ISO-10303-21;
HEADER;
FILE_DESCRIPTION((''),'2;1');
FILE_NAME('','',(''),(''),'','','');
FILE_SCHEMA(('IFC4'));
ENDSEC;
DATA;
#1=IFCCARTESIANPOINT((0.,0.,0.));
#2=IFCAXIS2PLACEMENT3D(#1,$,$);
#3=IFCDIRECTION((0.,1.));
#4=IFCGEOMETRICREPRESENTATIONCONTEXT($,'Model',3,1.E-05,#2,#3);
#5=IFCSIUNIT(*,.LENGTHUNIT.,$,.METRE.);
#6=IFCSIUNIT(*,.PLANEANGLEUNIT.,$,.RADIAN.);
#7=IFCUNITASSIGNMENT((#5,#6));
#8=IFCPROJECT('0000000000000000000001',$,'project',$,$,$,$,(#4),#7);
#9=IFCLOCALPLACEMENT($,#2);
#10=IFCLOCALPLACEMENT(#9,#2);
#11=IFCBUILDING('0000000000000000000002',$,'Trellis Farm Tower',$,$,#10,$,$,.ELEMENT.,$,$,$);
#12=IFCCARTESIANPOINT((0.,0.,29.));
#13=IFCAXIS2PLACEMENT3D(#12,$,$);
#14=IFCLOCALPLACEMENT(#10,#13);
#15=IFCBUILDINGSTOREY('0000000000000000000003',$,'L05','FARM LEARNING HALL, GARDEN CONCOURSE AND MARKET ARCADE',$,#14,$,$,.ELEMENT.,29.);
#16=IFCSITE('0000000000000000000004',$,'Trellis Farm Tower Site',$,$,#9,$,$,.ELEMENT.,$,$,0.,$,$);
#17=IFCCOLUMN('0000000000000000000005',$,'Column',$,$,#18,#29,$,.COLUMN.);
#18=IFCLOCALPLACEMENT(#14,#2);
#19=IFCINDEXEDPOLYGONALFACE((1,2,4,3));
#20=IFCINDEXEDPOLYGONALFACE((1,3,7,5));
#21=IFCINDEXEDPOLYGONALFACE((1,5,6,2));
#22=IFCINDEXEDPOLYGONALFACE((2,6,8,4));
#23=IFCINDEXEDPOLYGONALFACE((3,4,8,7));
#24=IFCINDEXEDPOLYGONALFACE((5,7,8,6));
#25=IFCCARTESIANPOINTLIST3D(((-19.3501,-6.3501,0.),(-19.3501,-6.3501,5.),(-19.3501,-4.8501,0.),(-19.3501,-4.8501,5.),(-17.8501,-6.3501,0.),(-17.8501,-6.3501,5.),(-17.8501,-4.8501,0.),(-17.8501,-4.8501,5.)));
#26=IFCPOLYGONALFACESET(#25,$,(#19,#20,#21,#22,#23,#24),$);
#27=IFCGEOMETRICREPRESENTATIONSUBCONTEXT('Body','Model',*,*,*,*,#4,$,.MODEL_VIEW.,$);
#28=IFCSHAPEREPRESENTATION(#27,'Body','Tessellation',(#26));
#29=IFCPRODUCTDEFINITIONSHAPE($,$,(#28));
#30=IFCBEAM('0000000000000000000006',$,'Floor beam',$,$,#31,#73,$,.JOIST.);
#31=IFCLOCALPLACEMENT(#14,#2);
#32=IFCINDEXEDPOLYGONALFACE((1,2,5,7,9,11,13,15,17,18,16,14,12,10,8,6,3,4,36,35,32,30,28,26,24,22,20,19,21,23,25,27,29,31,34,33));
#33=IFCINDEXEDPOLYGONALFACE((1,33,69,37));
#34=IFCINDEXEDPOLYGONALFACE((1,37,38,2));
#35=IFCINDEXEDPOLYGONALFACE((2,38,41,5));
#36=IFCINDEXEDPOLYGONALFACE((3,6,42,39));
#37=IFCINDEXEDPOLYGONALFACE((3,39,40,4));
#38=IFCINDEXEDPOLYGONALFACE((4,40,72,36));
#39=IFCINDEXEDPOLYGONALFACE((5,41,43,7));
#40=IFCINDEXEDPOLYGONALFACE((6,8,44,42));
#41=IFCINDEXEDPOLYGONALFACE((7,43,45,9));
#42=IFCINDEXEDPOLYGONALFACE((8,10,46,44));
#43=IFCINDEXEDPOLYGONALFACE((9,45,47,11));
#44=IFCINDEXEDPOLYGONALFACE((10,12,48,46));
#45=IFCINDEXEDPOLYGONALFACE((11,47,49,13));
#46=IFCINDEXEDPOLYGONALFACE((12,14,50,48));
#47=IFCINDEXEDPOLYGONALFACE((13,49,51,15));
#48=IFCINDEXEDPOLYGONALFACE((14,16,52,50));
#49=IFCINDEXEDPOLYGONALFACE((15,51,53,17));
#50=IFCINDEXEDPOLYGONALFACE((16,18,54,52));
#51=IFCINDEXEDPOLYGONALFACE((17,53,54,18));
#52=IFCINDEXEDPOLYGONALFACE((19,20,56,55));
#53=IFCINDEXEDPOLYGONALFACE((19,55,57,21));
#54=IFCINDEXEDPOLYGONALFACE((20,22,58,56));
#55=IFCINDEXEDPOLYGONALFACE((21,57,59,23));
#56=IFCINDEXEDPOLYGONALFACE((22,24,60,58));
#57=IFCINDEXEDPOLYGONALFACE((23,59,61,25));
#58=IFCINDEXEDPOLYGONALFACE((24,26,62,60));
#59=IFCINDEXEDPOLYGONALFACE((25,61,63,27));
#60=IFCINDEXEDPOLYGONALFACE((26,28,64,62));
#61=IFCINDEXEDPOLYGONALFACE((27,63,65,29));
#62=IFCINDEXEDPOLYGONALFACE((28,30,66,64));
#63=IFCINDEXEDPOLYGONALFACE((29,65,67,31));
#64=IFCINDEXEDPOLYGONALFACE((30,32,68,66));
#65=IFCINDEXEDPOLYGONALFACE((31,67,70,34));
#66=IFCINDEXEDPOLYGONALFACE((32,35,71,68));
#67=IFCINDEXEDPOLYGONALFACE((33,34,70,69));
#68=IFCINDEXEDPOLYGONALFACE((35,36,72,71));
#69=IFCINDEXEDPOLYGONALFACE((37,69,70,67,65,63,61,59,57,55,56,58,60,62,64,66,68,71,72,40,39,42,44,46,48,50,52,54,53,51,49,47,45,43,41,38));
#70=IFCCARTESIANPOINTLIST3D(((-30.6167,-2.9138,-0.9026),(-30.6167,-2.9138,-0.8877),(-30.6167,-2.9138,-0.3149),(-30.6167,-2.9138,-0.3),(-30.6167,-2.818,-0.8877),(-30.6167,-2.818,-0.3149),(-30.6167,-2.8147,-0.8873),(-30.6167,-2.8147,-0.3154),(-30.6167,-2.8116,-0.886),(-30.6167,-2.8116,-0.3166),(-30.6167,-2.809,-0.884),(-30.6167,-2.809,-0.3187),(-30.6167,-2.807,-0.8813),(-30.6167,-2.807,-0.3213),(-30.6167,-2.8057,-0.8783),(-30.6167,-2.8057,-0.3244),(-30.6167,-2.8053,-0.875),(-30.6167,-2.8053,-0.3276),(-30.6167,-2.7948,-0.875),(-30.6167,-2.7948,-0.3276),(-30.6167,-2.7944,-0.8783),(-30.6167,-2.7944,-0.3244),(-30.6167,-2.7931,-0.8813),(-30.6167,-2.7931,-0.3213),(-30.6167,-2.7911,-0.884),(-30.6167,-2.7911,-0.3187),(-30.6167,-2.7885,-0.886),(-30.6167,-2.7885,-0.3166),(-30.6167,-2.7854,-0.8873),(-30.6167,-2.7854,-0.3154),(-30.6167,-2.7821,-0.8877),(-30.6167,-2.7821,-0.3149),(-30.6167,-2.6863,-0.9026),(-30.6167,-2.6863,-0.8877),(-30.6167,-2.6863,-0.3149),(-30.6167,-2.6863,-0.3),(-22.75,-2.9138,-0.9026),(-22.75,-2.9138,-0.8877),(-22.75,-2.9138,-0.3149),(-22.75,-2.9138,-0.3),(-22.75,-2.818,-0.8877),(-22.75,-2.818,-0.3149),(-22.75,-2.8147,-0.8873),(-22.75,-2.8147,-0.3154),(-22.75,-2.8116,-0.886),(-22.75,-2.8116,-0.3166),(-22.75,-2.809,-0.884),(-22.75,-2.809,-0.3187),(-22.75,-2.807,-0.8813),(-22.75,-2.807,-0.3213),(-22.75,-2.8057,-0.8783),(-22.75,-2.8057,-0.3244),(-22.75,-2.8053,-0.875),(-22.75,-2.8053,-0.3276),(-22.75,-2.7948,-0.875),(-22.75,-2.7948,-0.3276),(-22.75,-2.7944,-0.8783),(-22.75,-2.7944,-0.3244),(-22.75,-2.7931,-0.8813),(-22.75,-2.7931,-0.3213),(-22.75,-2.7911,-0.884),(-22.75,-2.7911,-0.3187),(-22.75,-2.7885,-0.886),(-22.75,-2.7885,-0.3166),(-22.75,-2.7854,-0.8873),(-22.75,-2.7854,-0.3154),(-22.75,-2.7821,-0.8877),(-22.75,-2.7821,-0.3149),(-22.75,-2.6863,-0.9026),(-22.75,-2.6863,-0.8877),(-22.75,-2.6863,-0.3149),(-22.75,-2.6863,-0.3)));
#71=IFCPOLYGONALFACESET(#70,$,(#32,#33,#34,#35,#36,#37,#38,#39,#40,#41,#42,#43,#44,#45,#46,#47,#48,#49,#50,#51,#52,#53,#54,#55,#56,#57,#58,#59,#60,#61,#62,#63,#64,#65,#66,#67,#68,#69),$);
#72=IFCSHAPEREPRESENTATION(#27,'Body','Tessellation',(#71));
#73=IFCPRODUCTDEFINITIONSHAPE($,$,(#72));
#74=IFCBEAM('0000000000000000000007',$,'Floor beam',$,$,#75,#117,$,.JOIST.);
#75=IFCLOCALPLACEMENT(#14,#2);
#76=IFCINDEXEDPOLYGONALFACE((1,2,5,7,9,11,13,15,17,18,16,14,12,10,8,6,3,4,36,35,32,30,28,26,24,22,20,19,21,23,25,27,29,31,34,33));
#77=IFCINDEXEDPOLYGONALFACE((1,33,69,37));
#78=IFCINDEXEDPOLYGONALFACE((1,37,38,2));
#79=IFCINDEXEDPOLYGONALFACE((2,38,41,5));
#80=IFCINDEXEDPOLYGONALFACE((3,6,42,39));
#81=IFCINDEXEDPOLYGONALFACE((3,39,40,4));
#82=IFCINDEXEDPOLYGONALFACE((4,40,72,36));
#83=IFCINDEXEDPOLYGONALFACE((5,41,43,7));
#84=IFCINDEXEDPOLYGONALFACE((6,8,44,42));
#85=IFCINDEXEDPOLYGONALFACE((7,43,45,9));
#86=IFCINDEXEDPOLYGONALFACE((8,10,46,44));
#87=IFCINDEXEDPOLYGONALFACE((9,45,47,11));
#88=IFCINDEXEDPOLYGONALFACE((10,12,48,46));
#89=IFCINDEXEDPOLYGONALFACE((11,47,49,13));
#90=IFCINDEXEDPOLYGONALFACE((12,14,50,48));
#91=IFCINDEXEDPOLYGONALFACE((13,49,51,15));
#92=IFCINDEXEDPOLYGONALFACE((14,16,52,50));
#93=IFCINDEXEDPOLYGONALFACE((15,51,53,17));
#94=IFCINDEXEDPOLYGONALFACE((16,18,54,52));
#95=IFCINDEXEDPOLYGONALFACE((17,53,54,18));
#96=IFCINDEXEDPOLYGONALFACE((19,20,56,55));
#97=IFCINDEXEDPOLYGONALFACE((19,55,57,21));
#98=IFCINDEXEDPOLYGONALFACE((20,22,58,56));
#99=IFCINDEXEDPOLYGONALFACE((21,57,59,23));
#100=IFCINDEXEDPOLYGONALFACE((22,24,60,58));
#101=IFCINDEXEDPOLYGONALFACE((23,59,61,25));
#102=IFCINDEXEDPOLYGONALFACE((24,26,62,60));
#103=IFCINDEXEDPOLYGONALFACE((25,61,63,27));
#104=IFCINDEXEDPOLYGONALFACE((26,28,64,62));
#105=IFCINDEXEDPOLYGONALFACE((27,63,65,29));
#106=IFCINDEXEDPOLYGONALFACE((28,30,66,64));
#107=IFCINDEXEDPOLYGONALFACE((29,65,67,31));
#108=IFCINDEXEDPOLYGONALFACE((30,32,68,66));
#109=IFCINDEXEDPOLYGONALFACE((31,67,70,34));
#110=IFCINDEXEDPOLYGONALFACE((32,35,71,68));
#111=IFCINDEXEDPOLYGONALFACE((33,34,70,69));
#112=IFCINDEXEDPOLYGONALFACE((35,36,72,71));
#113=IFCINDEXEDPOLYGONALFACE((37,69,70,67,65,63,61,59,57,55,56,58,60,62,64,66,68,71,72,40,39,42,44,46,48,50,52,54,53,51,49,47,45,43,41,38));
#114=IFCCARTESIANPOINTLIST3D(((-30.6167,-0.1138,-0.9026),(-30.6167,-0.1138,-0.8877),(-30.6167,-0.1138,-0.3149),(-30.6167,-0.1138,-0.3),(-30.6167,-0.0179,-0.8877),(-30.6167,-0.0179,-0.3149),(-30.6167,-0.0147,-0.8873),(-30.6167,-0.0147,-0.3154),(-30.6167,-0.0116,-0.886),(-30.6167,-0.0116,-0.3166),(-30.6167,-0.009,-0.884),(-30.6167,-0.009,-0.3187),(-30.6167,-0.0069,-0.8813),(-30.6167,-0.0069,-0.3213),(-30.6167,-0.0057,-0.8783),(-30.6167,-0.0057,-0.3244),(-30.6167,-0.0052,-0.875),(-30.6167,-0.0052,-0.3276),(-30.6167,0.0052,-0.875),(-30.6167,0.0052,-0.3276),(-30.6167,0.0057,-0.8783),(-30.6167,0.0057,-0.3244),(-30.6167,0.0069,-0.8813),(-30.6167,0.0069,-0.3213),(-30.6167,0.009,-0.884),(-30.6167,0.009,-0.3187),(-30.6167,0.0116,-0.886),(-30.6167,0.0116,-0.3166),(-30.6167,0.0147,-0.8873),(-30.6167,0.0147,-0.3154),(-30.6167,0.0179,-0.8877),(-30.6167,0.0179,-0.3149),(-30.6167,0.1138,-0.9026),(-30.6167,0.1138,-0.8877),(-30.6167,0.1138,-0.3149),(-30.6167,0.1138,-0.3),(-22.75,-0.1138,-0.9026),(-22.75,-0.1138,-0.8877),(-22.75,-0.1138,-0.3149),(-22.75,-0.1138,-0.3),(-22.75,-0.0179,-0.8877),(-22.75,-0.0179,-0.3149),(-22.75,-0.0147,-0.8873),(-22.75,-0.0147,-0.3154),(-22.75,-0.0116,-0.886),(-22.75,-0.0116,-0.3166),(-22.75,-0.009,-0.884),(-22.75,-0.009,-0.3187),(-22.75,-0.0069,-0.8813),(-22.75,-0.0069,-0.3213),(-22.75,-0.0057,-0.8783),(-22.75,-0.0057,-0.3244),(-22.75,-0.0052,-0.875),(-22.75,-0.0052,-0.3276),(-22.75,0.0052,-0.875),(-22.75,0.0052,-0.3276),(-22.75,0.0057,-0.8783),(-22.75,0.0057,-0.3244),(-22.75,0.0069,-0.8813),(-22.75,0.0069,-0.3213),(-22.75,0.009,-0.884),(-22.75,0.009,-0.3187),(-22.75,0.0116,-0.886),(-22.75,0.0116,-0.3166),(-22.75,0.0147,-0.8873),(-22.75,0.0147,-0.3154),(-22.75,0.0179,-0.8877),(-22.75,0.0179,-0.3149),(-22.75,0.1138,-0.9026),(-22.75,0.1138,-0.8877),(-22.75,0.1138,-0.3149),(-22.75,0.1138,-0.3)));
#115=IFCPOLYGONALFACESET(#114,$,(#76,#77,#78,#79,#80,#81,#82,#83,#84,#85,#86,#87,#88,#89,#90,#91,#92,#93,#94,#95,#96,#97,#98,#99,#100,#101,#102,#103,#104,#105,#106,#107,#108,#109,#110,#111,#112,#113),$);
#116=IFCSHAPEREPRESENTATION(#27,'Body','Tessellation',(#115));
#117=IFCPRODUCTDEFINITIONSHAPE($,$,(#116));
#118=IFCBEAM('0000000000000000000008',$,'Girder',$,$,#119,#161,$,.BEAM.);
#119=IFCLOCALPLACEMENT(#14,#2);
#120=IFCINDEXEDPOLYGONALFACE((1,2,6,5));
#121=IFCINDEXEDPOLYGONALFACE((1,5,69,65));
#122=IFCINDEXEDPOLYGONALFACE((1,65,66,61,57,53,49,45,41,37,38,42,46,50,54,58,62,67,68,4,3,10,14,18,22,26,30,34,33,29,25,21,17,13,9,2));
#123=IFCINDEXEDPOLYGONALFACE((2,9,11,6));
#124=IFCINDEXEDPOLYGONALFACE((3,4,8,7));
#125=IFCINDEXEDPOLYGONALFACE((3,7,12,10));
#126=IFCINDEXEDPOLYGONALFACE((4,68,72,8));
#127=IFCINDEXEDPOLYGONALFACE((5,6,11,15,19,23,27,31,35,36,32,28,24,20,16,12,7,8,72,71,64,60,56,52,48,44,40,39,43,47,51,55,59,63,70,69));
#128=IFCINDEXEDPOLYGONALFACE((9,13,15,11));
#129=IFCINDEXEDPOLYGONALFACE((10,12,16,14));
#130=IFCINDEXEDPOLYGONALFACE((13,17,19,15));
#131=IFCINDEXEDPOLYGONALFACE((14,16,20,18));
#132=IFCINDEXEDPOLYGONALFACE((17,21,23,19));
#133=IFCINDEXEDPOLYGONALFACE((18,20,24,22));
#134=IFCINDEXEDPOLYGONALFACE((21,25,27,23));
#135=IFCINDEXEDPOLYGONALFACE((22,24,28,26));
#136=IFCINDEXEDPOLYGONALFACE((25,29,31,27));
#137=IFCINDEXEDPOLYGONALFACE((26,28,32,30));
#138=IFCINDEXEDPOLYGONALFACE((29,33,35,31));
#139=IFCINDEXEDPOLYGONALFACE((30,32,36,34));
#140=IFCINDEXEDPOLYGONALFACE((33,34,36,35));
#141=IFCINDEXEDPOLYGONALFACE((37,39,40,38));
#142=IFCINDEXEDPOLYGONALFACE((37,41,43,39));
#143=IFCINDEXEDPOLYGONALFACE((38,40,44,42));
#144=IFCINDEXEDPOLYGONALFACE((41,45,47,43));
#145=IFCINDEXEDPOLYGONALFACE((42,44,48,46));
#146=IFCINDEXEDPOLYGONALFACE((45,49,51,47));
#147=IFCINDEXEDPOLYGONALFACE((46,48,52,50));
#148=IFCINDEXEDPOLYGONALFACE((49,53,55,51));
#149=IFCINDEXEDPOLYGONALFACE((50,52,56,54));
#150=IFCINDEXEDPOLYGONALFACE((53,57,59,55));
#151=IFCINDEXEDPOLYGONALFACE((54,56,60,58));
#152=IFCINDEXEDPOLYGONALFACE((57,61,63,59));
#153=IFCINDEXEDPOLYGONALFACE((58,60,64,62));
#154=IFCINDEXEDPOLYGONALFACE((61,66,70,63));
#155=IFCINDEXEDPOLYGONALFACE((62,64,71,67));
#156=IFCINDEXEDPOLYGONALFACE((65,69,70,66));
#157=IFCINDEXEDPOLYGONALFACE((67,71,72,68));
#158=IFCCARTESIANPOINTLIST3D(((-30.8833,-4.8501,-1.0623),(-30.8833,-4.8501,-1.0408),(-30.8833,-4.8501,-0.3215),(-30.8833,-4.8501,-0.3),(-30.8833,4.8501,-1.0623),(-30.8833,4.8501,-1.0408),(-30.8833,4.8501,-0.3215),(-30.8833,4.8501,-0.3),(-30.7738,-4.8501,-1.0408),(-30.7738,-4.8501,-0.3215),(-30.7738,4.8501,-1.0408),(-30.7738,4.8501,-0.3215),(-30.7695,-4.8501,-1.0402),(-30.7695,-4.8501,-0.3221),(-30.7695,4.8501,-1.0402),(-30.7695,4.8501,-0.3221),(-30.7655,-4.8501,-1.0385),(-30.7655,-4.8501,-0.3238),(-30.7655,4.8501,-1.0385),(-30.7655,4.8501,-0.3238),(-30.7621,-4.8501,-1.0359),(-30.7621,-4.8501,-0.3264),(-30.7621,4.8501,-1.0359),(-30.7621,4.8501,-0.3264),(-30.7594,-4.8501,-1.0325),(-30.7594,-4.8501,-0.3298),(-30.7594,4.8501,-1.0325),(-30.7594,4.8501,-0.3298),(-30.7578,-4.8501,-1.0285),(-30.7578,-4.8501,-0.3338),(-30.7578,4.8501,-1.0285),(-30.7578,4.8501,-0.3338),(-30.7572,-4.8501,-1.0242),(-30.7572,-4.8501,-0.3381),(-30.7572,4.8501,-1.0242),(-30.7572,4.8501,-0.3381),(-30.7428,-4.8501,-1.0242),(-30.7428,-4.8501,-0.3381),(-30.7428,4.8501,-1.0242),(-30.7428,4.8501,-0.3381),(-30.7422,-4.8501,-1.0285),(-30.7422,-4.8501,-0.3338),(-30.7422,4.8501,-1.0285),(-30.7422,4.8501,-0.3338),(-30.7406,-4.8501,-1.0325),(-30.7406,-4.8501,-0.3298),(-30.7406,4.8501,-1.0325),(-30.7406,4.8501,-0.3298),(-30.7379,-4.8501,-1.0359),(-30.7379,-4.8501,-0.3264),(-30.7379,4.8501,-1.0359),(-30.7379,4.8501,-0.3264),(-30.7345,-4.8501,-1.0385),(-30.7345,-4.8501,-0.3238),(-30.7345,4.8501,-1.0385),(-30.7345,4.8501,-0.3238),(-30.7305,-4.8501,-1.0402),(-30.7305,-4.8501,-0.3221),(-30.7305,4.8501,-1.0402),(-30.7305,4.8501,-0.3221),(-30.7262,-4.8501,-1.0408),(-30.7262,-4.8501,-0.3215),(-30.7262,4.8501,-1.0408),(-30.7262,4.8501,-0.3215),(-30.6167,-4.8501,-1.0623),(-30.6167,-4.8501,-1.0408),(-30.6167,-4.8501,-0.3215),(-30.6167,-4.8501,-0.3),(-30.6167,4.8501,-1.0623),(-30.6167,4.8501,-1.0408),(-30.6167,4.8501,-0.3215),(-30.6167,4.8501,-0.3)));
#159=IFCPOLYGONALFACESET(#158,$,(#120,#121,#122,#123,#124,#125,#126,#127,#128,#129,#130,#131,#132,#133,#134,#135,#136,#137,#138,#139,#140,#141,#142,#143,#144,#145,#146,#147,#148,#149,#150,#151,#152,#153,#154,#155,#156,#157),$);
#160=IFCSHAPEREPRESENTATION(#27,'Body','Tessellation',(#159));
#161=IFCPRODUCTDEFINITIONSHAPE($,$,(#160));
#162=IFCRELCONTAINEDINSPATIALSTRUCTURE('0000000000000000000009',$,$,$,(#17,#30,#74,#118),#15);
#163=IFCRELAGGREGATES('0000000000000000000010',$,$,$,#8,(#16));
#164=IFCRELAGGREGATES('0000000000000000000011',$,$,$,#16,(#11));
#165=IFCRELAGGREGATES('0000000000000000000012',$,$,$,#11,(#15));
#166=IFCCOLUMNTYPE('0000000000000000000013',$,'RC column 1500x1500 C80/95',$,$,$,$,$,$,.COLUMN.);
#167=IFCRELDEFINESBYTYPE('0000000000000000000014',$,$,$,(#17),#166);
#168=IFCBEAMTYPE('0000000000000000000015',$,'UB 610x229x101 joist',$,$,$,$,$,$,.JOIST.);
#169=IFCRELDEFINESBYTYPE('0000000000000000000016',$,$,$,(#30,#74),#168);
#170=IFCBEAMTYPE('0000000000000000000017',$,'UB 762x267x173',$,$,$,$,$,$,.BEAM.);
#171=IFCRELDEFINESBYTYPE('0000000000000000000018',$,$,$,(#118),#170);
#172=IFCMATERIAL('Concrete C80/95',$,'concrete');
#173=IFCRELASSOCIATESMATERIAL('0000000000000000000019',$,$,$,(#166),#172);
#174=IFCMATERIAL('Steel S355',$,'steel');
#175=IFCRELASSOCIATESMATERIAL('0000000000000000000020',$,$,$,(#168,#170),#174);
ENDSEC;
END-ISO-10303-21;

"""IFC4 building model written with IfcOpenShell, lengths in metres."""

from ifc_helpers import new_model, si_unit, direction, frame, origin, origin_2d, place, context, subcontext, project, spatial, rectangle, i_section, extrude, source, transform, mapped, material, material_profile, profile_set, type_object, element, save


model = new_model("IFC4")

# Units and contexts
model_context = context("Model", 3, precision=1e-05, world=origin(), true_north=direction((0.0, 1.0)))
body_context = subcontext(model_context, "Body", "Model", "MODEL_VIEW")
ifc_project = project(units=[si_unit("LENGTHUNIT", "METRE"), si_unit("PLANEANGLEUNIT", "RADIAN")], contexts=[model_context])

# Site, building, storey
site_placement = place(None, origin())
site = spatial("IfcSite", under=ifc_project, at=site_placement, Name="Trellis Farm Tower Site", CompositionType="ELEMENT", RefElevation=0.0)
building_placement = place(site_placement, origin())
building = spatial("IfcBuilding", under=site, at=building_placement, Name="Trellis Farm Tower", CompositionType="ELEMENT")
storey_placement = place(building_placement, frame((0.0, 0.0, 29.0)))
storey = spatial("IfcBuildingStorey", under=building, at=storey_placement, Name="L05", Description="FARM LEARNING HALL, GARDEN CONCOURSE AND MARKET ARCADE", CompositionType="ELEMENT", Elevation=29.0)

# Column
ifc_material_1 = material(Name="Concrete C80/95", Category="concrete")
ifc_material_profile_1 = material_profile(ifc_material_1, rectangle(XDim=1.5, YDim=1.5, at=origin_2d()), Name="RC column 1500x1500 C80/95")
ifc_profile_set_1 = profile_set([ifc_material_profile_1], Name="Concrete C80/95")
column_type = type_object("IfcColumnType", Name="RC column 1500x1500 C80/95", PredefinedType="COLUMN", material=ifc_profile_set_1)
shared_shape_1 = source(origin(), body_context, "Body", "SweptSolid", [
    extrude(rectangle(XDim=1.5, YDim=1.5, at=origin_2d()), origin(), (0.0, 0.0, 1.0), 5.0),
])
column_placement = place(storey_placement, frame((-18.6001, -5.6001, 0.0), z_axis=(0.0, 0.0, 1.0), x_axis=(1.0, 0.0, 0.0)))
element("IfcColumn", 1, at=column_placement, inside=storey, type_object=column_type, Name="Column", PredefinedType="COLUMN", context=body_context, shape_type="MappedRepresentation", body=[
    mapped(shared_shape_1, transform((0.0, 0.0, 0.0))),
])

# Beams
ifc_material_2 = material(Name="Steel S355", Category="steel")
ifc_material_profile_2 = material_profile(ifc_material_2, i_section(OverallWidth=0.2275, OverallDepth=0.6025, WebThickness=0.0105, FlangeThickness=0.0149, FilletRadius=0.0127, at=origin_2d()), Name="UB 610x229x101")
ifc_profile_set_2 = profile_set([ifc_material_profile_2], Name="Steel S355")
beam_type_1 = type_object("IfcBeamType", Name="UB 610x229x101 joist", PredefinedType="JOIST", material=ifc_profile_set_2)
shared_shape_2 = source(origin(), body_context, "Body", "SweptSolid", [
    extrude(i_section(OverallWidth=0.2275, OverallDepth=0.6025, WebThickness=0.0105, FlangeThickness=0.0149, FilletRadius=0.0127, at=origin_2d()), origin(), (0.0, 0.0, 1.0), 7.8667),
])
for number, where, z_axis, x_axis, name in (
    (2, (-30.6167, -2.8, -0.6013), (1.0, 0.0, 0.0), (0.0, 1.0, 0.0), "Floor beam"),
    (3, (-30.6167, 0.0, -0.6013), (1.0, 0.0, 0.0), (0.0, 1.0, 0.0), "Floor beam"),
):
    element("IfcBeam", number, at=place(storey_placement, frame(where, z_axis=z_axis, x_axis=x_axis)), inside=storey, type_object=beam_type_1, Name=name, PredefinedType="JOIST", context=body_context, shape_type="MappedRepresentation", body=[
        mapped(shared_shape_2, transform((0.0, 0.0, 0.0))),
    ])
ifc_material_profile_3 = material_profile(ifc_material_2, i_section(OverallWidth=0.2666, OverallDepth=0.7622, WebThickness=0.0144, FlangeThickness=0.0215, FilletRadius=0.0166, at=origin_2d()), Name="UB 762x267x173")
ifc_profile_set_3 = profile_set([ifc_material_profile_3], Name="Steel S355")
beam_type_2 = type_object("IfcBeamType", Name="UB 762x267x173", PredefinedType="BEAM", material=ifc_profile_set_3)
shared_shape_3 = source(origin(), body_context, "Body", "SweptSolid", [
    extrude(i_section(OverallWidth=0.2666, OverallDepth=0.7622, WebThickness=0.0144, FlangeThickness=0.0215, FilletRadius=0.0166, at=origin_2d()), origin(), (0.0, 0.0, 1.0), 9.7002),
])
beam_1_placement = place(storey_placement, frame((-30.75, -4.8501, -0.6812), z_axis=(0.0, 1.0, 0.0), x_axis=(-1.0, 0.0, 0.0)))
element("IfcBeam", 4, at=beam_1_placement, inside=storey, type_object=beam_type_2, Name="Girder", PredefinedType="BEAM", context=body_context, shape_type="MappedRepresentation", body=[
    mapped(shared_shape_3, transform((0.0, 0.0, 0.0))),
])

save(model, "model.ifc")
